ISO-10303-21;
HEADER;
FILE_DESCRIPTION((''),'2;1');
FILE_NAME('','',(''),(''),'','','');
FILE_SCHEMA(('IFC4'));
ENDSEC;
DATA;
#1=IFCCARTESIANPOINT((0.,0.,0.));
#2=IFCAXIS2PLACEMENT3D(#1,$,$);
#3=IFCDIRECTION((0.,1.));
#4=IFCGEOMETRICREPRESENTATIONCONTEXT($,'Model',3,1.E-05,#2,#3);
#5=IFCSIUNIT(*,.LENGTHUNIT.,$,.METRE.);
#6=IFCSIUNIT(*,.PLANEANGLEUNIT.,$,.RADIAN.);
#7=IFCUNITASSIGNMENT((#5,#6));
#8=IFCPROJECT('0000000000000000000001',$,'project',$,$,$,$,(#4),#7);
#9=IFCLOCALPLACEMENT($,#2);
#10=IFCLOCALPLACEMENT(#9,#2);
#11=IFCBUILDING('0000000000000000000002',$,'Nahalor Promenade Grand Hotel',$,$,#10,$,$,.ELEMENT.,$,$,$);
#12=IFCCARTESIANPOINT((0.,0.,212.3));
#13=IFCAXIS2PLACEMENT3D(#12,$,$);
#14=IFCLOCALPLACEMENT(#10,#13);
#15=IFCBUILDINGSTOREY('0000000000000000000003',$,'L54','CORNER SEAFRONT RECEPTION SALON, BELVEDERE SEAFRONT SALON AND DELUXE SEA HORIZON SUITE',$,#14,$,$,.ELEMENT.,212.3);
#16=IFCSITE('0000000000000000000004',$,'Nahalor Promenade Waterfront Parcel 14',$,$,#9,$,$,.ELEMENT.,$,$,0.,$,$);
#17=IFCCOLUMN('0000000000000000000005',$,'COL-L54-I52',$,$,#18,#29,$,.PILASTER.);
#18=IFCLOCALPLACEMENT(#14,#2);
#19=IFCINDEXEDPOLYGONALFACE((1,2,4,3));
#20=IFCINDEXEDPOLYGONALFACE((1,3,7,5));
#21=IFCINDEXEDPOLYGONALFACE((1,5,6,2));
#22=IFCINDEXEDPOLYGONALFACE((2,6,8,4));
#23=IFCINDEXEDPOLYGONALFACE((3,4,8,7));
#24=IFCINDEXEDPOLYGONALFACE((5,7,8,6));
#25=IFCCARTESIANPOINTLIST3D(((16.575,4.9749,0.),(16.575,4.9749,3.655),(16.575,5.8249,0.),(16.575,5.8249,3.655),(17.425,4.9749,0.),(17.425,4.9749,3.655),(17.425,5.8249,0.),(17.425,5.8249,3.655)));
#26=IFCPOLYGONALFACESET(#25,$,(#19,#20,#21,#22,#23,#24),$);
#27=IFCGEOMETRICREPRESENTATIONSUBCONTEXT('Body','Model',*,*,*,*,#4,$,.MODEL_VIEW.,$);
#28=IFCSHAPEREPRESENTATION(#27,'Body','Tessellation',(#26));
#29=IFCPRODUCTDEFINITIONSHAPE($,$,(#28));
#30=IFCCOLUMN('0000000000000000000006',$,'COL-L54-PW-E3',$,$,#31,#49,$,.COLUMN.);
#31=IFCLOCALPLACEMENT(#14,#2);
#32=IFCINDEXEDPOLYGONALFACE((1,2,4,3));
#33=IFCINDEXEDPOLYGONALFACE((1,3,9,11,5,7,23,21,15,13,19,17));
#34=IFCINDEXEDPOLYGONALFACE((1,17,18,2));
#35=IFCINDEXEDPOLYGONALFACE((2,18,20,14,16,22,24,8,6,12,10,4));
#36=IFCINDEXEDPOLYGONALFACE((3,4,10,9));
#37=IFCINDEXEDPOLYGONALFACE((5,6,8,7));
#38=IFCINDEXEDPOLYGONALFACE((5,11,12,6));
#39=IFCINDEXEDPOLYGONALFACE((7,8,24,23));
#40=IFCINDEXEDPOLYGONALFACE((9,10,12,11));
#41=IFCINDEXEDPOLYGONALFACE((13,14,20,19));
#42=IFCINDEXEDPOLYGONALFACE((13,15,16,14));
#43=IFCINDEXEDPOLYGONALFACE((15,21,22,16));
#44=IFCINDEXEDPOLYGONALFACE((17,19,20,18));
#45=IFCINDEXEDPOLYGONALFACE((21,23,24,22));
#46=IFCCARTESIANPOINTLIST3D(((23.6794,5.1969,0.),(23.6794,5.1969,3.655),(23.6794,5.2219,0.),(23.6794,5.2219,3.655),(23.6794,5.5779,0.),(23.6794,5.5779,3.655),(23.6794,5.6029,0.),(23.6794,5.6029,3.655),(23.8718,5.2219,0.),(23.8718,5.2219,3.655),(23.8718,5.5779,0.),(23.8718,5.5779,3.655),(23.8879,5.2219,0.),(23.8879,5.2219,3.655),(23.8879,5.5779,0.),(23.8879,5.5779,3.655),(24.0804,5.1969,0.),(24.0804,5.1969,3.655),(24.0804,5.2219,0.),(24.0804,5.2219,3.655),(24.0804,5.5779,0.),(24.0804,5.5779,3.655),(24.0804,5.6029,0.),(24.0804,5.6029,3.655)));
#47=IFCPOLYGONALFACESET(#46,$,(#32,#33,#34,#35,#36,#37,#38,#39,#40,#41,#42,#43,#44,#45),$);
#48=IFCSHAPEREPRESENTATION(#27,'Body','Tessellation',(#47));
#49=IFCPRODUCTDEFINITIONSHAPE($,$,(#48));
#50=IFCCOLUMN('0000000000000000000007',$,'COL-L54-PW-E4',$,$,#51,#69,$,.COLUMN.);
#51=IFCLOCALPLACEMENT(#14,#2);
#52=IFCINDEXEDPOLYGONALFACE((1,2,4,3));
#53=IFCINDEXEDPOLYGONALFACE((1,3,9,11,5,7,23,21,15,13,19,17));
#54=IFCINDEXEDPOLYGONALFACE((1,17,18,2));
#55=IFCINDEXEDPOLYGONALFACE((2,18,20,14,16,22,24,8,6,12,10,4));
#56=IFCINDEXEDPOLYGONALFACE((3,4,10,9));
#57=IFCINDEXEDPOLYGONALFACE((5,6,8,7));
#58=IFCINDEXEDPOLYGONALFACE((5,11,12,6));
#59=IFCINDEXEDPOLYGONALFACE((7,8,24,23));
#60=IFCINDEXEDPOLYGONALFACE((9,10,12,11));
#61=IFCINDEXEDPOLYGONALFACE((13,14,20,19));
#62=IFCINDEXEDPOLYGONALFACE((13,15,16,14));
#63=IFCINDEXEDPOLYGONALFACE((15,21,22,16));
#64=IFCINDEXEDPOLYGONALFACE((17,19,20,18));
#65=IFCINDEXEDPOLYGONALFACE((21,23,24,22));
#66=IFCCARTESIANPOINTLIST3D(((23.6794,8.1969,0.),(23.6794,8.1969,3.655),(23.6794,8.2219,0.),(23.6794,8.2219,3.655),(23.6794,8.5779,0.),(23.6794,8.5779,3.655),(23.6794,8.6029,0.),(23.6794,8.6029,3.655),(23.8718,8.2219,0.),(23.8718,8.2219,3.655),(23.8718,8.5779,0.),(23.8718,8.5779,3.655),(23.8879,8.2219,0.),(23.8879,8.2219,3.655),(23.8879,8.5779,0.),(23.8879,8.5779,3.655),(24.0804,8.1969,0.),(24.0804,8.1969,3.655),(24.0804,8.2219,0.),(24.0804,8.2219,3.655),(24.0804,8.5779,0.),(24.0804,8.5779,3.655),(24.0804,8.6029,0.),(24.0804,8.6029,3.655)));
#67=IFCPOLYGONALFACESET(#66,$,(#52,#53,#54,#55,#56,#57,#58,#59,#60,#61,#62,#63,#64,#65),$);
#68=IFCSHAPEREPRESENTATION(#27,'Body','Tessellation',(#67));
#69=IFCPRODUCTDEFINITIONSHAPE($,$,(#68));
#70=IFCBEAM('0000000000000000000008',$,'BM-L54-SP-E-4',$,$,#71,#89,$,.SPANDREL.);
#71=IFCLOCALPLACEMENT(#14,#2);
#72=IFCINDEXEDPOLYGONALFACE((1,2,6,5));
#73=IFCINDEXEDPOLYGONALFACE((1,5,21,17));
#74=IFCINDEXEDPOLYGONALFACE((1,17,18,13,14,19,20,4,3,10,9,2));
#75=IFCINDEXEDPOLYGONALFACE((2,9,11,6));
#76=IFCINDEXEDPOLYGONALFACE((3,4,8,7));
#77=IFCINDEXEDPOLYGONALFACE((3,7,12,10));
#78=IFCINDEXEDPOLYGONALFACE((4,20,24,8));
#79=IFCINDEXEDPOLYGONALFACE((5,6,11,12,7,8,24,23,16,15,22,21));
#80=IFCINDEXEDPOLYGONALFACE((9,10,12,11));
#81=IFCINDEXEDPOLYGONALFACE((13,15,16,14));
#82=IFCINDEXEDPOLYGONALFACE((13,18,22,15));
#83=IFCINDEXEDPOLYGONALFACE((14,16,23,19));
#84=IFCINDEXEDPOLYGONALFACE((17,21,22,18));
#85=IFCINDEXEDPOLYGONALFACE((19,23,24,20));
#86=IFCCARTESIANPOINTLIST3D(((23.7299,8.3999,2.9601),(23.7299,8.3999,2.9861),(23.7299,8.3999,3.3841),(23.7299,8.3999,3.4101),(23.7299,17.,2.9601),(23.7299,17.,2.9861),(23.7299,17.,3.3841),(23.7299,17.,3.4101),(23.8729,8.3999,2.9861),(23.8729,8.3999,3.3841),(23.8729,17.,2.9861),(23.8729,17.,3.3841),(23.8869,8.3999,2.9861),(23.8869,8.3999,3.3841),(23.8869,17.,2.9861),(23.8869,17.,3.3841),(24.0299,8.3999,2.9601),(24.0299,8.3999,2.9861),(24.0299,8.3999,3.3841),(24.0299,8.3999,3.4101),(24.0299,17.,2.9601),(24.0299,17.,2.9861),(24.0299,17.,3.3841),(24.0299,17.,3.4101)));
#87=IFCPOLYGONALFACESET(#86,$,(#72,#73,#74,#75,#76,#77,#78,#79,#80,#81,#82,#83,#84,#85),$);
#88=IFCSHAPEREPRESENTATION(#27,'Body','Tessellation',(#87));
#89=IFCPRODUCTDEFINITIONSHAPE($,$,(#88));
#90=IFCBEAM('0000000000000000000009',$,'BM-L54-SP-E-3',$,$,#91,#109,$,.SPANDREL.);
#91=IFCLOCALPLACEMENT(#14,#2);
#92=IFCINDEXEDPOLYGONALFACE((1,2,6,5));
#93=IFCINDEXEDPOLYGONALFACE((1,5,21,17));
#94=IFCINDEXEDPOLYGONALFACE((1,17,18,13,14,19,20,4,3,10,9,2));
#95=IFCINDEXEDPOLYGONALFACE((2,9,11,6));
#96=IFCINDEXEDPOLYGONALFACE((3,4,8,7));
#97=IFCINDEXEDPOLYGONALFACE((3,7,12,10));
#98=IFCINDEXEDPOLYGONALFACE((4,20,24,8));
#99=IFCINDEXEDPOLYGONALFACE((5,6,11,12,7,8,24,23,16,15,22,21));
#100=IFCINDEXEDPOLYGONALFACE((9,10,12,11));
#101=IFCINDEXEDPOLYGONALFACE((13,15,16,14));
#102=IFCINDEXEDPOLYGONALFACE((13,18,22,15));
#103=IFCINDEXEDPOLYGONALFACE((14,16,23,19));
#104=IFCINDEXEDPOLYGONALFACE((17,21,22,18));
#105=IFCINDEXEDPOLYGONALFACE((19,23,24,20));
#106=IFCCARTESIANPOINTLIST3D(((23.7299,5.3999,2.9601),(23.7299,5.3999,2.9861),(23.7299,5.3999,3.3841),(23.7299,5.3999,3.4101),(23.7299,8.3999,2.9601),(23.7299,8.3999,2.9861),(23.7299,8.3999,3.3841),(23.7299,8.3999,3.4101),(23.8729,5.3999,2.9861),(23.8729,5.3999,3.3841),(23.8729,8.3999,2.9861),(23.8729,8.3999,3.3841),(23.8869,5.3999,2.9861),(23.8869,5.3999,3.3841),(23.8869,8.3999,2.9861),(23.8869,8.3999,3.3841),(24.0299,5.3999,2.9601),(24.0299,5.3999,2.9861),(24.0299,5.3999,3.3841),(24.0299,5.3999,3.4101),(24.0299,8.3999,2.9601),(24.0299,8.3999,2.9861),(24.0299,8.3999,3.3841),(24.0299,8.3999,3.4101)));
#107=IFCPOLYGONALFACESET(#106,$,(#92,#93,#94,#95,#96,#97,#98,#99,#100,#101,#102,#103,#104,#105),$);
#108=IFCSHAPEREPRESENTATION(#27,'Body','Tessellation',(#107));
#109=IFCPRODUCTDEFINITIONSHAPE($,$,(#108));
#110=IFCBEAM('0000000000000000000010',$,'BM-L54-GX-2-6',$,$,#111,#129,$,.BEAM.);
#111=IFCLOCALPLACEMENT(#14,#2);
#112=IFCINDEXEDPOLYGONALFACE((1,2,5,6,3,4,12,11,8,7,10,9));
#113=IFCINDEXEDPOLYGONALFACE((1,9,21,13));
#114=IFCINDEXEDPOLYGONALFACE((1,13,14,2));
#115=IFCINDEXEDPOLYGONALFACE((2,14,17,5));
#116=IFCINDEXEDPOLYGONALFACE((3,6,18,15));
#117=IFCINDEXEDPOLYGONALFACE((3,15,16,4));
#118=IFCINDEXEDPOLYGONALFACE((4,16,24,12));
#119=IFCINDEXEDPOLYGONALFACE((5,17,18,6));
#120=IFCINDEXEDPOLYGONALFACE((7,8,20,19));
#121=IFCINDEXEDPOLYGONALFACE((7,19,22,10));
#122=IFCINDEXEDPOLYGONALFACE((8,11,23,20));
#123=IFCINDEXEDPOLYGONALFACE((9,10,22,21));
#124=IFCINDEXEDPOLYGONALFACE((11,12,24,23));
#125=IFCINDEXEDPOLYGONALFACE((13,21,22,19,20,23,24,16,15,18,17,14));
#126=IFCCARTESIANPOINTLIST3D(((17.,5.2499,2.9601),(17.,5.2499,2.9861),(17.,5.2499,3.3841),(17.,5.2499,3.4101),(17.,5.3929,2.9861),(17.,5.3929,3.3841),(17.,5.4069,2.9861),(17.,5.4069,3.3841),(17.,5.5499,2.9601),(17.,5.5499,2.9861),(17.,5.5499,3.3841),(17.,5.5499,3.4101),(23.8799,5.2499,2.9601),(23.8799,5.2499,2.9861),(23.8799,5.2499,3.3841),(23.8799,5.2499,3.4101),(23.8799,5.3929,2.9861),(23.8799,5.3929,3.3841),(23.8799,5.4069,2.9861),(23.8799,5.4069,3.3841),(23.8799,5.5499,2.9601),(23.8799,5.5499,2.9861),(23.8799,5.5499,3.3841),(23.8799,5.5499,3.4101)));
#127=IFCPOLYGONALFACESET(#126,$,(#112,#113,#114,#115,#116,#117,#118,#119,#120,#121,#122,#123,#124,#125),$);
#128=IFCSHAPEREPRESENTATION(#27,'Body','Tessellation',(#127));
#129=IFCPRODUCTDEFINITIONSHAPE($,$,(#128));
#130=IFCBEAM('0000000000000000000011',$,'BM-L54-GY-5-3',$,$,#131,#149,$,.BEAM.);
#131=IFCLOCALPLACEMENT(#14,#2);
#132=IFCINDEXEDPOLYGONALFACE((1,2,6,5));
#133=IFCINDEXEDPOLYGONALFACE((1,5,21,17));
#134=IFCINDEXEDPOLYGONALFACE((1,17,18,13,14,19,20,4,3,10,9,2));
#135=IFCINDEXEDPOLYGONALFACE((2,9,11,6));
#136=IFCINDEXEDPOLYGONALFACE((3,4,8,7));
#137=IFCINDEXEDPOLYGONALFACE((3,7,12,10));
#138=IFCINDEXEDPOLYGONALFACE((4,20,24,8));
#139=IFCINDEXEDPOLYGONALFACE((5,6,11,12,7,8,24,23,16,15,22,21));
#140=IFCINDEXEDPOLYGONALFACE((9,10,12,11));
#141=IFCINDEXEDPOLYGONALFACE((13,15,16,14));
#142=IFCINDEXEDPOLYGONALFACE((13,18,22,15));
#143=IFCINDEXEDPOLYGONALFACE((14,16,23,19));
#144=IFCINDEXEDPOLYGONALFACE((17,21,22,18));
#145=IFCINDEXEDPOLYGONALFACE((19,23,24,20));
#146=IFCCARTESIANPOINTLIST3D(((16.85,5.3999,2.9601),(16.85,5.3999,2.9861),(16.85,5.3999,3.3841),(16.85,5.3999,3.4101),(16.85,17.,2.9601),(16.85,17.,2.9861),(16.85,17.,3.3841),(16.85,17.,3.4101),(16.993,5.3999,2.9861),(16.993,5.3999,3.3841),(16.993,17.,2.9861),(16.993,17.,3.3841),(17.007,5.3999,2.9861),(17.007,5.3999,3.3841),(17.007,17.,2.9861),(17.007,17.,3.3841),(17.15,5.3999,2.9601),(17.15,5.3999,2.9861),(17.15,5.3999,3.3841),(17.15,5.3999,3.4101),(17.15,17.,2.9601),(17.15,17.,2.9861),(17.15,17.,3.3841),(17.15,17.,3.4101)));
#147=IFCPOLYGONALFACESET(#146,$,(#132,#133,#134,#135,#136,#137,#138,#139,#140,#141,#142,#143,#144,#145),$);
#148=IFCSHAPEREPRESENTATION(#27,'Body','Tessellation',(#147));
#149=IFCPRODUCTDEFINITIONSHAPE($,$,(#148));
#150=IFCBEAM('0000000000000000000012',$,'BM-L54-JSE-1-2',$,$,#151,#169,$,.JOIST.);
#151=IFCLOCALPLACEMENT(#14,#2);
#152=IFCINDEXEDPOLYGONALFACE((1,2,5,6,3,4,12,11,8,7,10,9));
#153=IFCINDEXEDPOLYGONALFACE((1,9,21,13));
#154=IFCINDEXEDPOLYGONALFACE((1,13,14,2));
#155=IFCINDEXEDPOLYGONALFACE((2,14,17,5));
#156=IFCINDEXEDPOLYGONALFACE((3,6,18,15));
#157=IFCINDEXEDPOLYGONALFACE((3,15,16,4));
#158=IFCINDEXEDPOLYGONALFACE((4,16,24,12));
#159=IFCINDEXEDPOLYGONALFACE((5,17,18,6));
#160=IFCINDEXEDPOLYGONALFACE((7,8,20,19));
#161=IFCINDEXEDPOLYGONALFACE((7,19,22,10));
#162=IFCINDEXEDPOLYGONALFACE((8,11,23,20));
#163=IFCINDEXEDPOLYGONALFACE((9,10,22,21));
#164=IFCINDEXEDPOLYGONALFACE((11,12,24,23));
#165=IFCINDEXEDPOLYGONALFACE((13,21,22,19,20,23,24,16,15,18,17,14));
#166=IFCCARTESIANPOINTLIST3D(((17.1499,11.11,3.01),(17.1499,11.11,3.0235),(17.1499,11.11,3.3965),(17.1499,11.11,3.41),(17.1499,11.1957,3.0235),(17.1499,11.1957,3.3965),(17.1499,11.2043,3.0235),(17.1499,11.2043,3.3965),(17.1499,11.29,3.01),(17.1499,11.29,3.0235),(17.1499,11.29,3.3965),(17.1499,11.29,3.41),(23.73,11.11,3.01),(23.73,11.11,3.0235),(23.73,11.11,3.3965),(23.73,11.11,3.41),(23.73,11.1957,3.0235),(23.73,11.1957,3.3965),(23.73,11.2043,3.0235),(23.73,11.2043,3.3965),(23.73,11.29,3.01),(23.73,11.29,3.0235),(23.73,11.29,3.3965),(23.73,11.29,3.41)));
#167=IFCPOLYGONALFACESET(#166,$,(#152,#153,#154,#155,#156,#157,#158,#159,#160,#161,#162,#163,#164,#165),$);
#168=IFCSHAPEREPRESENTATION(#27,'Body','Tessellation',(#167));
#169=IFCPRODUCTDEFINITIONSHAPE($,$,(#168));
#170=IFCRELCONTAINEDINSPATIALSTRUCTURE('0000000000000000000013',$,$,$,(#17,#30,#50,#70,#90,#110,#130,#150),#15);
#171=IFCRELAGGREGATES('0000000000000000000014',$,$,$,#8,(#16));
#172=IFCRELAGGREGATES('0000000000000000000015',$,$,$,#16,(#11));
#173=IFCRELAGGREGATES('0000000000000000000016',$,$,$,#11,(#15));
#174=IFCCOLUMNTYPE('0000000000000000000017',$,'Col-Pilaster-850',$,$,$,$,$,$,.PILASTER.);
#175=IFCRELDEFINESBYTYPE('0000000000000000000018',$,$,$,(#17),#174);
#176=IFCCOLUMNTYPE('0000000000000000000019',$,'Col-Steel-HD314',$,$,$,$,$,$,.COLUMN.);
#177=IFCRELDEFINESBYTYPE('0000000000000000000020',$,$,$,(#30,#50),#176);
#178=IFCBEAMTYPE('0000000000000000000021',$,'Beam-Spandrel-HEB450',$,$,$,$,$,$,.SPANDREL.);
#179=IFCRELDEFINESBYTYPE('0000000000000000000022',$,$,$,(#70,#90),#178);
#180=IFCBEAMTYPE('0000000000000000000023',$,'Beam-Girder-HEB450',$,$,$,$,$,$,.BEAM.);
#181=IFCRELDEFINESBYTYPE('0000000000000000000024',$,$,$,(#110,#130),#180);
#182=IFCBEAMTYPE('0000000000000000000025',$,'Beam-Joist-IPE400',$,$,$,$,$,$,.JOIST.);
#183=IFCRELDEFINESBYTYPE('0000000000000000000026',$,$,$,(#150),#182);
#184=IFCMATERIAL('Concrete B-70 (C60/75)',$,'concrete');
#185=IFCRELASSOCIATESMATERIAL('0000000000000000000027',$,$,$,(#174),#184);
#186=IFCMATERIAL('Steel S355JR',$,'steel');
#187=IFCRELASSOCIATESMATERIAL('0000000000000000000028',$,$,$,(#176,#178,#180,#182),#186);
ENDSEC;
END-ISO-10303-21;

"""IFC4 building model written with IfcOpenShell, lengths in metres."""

from ifc_helpers import new_model, si_unit, direction, frame, origin, origin_2d, place, context, subcontext, project, spatial, rectangle, i_section, extrude, source, transform, mapped, material, material_profile, profile_set, type_object, element, save


model = new_model("IFC4")

# Units and contexts
model_context = context("Model", 3, precision=1e-05, world=origin(), true_north=direction((0.0, 1.0)))
body_context = subcontext(model_context, "Body", "Model", "MODEL_VIEW")
ifc_project = project(units=[si_unit("LENGTHUNIT", "METRE"), si_unit("PLANEANGLEUNIT", "RADIAN")], contexts=[model_context])

# Site, building, storey
site_placement = place(None, origin())
site = spatial("IfcSite", under=ifc_project, at=site_placement, Name="Nahalor Promenade Waterfront Parcel 14", CompositionType="ELEMENT", RefElevation=0.0)
building_placement = place(site_placement, origin())
building = spatial("IfcBuilding", under=site, at=building_placement, Name="Nahalor Promenade Grand Hotel", CompositionType="ELEMENT")
storey_placement = place(building_placement, frame((0.0, 0.0, 212.3)))
storey = spatial("IfcBuildingStorey", under=building, at=storey_placement, Name="L54", Description="CORNER SEAFRONT RECEPTION SALON, BELVEDERE SEAFRONT SALON AND DELUXE SEA HORIZON SUITE", CompositionType="ELEMENT", Elevation=212.3)

# Columns
ifc_material_1 = material(Name="Concrete B-70 (C60/75)", Category="concrete")
ifc_material_profile_1 = material_profile(ifc_material_1, rectangle(XDim=0.85, YDim=0.85, at=origin_2d()), Name="RC 850x850")
ifc_profile_set_1 = profile_set([ifc_material_profile_1], Name="Concrete B-70 (C60/75)")
column_type_1 = type_object("IfcColumnType", Name="Col-Pilaster-850", PredefinedType="PILASTER", material=ifc_profile_set_1)
shared_shape_1 = source(origin(), body_context, "Body", "SweptSolid", [
    extrude(rectangle(XDim=0.85, YDim=0.85, at=origin_2d()), origin(), (0.0, 0.0, 1.0), 3.655),
])
column_placement = place(storey_placement, frame((17.0, 5.3999, 0.0), z_axis=(0.0, 0.0, 1.0), x_axis=(1.0, 0.0, 0.0)))
element("IfcColumn", 1, at=column_placement, inside=storey, type_object=column_type_1, Name="COL-L54-I52", PredefinedType="PILASTER", context=body_context, shape_type="MappedRepresentation", body=[
    mapped(shared_shape_1, transform((0.0, 0.0, 0.0), scale=1.0)),
])
ifc_material_2 = material(Name="Steel S355JR", Category="steel")
ifc_material_profile_2 = material_profile(ifc_material_2, i_section(OverallWidth=0.401, OverallDepth=0.406, WebThickness=0.0161, FlangeThickness=0.025, at=origin_2d()), Name="HD 400x314")
ifc_profile_set_2 = profile_set([ifc_material_profile_2], Name="Steel S355JR")
column_type_2 = type_object("IfcColumnType", Name="Col-Steel-HD314", PredefinedType="COLUMN", material=ifc_profile_set_2)
shared_shape_2 = source(origin(), body_context, "Body", "SweptSolid", [
    extrude(i_section(OverallWidth=0.401, OverallDepth=0.406, WebThickness=0.0161, FlangeThickness=0.025, at=origin_2d()), origin(), (0.0, 0.0, 1.0), 3.655),
])
for number, where, z_axis, x_axis, name in (
    (2, (23.8799, 5.3999, 0.0), (0.0, 0.0, 1.0), (1.0, 0.0, 0.0), "COL-L54-PW-E3"),
    (3, (23.8799, 8.3999, 0.0), (0.0, 0.0, 1.0), (1.0, 0.0, 0.0), "COL-L54-PW-E4"),
):
    element("IfcColumn", number, at=place(storey_placement, frame(where, z_axis=z_axis, x_axis=x_axis)), inside=storey, type_object=column_type_2, Name=name, PredefinedType="COLUMN", context=body_context, shape_type="MappedRepresentation", body=[
        mapped(shared_shape_2, transform((0.0, 0.0, 0.0), scale=1.0)),
    ])

# Beams
ifc_material_profile_3 = material_profile(ifc_material_2, i_section(OverallWidth=0.3, OverallDepth=0.45, WebThickness=0.014, FlangeThickness=0.026, at=origin_2d()), Name="HEB 450")
ifc_profile_set_3 = profile_set([ifc_material_profile_3], Name="Steel S355JR")
beam_type_1 = type_object("IfcBeamType", Name="Beam-Spandrel-HEB450", PredefinedType="SPANDREL", material=ifc_profile_set_3)
shared_shape_3 = source(origin(), body_context, "Body", "SweptSolid", [
    extrude(i_section(OverallWidth=0.3, OverallDepth=0.45, WebThickness=0.014, FlangeThickness=0.026, at=origin_2d()), origin(), (0.0, 0.0, 1.0), 8.6001),
])
beam_1_placement = place(storey_placement, frame((23.8799, 8.3999, 3.1851), z_axis=(0.0, 1.0, 0.0), x_axis=(-1.0, 0.0, 0.0)))
element("IfcBeam", 4, at=beam_1_placement, inside=storey, type_object=beam_type_1, Name="BM-L54-SP-E-4", PredefinedType="SPANDREL", context=body_context, shape_type="MappedRepresentation", body=[
    mapped(shared_shape_3, transform((0.0, 0.0, 0.0), scale=1.0)),
])
shared_shape_4 = source(origin(), body_context, "Body", "SweptSolid", [
    extrude(i_section(OverallWidth=0.3, OverallDepth=0.45, WebThickness=0.014, FlangeThickness=0.026, at=origin_2d()), origin(), (0.0, 0.0, 1.0), 3.0),
])
beam_2_placement = place(storey_placement, frame((23.8799, 5.3999, 3.1851), z_axis=(0.0, 1.0, 0.0), x_axis=(-1.0, 0.0, 0.0)))
element("IfcBeam", 5, at=beam_2_placement, inside=storey, type_object=beam_type_1, Name="BM-L54-SP-E-3", PredefinedType="SPANDREL", context=body_context, shape_type="MappedRepresentation", body=[
    mapped(shared_shape_4, transform((0.0, 0.0, 0.0), scale=1.0)),
])
ifc_material_profile_4 = material_profile(ifc_material_2, i_section(OverallWidth=0.3, OverallDepth=0.45, WebThickness=0.014, FlangeThickness=0.026, at=origin_2d()), Name="HEB 450")
ifc_profile_set_4 = profile_set([ifc_material_profile_4], Name="Steel S355JR")
beam_type_2 = type_object("IfcBeamType", Name="Beam-Girder-HEB450", PredefinedType="BEAM", material=ifc_profile_set_4)
shared_shape_5 = source(origin(), body_context, "Body", "SweptSolid", [
    extrude(i_section(OverallWidth=0.3, OverallDepth=0.45, WebThickness=0.014, FlangeThickness=0.026, at=origin_2d()), origin(), (0.0, 0.0, 1.0), 6.8799),
])
beam_3_placement = place(storey_placement, frame((17.0, 5.3999, 3.1851), z_axis=(1.0, 0.0, 0.0), x_axis=(0.0, 1.0, 0.0)))
element("IfcBeam", 6, at=beam_3_placement, inside=storey, type_object=beam_type_2, Name="BM-L54-GX-2-6", PredefinedType="BEAM", context=body_context, shape_type="MappedRepresentation", body=[
    mapped(shared_shape_5, transform((0.0, 0.0, 0.0), scale=1.0)),
])
shared_shape_6 = source(origin(), body_context, "Body", "SweptSolid", [
    extrude(i_section(OverallWidth=0.3, OverallDepth=0.45, WebThickness=0.014, FlangeThickness=0.026, at=origin_2d()), origin(), (0.0, 0.0, 1.0), 11.6001),
])
beam_4_placement = place(storey_placement, frame((17.0, 5.3999, 3.1851), z_axis=(0.0, 1.0, 0.0), x_axis=(-1.0, 0.0, 0.0)))
element("IfcBeam", 7, at=beam_4_placement, inside=storey, type_object=beam_type_2, Name="BM-L54-GY-5-3", PredefinedType="BEAM", context=body_context, shape_type="MappedRepresentation", body=[
    mapped(shared_shape_6, transform((0.0, 0.0, 0.0), scale=1.0)),
])
ifc_material_profile_5 = material_profile(ifc_material_2, i_section(OverallWidth=0.18, OverallDepth=0.4, WebThickness=0.0086, FlangeThickness=0.0135, at=origin_2d()), Name="IPE 400")
ifc_profile_set_5 = profile_set([ifc_material_profile_5], Name="Steel S355JR")
beam_type_3 = type_object("IfcBeamType", Name="Beam-Joist-IPE400", PredefinedType="JOIST", material=ifc_profile_set_5)
shared_shape_7 = source(origin(), body_context, "Body", "SweptSolid", [
    extrude(i_section(OverallWidth=0.18, OverallDepth=0.4, WebThickness=0.0086, FlangeThickness=0.0135, at=origin_2d()), origin(), (0.0, 0.0, 1.0), 6.5801),
])
beam_5_placement = place(storey_placement, frame((17.1499, 11.2, 3.21), z_axis=(1.0, 0.0, 0.0), x_axis=(0.0, 1.0, 0.0)))
element("IfcBeam", 8, at=beam_5_placement, inside=storey, type_object=beam_type_3, Name="BM-L54-JSE-1-2", PredefinedType="JOIST", context=body_context, shape_type="MappedRepresentation", body=[
    mapped(shared_shape_7, transform((0.0, 0.0, 0.0), scale=1.0)),
])

save(model, "model.ifc")
